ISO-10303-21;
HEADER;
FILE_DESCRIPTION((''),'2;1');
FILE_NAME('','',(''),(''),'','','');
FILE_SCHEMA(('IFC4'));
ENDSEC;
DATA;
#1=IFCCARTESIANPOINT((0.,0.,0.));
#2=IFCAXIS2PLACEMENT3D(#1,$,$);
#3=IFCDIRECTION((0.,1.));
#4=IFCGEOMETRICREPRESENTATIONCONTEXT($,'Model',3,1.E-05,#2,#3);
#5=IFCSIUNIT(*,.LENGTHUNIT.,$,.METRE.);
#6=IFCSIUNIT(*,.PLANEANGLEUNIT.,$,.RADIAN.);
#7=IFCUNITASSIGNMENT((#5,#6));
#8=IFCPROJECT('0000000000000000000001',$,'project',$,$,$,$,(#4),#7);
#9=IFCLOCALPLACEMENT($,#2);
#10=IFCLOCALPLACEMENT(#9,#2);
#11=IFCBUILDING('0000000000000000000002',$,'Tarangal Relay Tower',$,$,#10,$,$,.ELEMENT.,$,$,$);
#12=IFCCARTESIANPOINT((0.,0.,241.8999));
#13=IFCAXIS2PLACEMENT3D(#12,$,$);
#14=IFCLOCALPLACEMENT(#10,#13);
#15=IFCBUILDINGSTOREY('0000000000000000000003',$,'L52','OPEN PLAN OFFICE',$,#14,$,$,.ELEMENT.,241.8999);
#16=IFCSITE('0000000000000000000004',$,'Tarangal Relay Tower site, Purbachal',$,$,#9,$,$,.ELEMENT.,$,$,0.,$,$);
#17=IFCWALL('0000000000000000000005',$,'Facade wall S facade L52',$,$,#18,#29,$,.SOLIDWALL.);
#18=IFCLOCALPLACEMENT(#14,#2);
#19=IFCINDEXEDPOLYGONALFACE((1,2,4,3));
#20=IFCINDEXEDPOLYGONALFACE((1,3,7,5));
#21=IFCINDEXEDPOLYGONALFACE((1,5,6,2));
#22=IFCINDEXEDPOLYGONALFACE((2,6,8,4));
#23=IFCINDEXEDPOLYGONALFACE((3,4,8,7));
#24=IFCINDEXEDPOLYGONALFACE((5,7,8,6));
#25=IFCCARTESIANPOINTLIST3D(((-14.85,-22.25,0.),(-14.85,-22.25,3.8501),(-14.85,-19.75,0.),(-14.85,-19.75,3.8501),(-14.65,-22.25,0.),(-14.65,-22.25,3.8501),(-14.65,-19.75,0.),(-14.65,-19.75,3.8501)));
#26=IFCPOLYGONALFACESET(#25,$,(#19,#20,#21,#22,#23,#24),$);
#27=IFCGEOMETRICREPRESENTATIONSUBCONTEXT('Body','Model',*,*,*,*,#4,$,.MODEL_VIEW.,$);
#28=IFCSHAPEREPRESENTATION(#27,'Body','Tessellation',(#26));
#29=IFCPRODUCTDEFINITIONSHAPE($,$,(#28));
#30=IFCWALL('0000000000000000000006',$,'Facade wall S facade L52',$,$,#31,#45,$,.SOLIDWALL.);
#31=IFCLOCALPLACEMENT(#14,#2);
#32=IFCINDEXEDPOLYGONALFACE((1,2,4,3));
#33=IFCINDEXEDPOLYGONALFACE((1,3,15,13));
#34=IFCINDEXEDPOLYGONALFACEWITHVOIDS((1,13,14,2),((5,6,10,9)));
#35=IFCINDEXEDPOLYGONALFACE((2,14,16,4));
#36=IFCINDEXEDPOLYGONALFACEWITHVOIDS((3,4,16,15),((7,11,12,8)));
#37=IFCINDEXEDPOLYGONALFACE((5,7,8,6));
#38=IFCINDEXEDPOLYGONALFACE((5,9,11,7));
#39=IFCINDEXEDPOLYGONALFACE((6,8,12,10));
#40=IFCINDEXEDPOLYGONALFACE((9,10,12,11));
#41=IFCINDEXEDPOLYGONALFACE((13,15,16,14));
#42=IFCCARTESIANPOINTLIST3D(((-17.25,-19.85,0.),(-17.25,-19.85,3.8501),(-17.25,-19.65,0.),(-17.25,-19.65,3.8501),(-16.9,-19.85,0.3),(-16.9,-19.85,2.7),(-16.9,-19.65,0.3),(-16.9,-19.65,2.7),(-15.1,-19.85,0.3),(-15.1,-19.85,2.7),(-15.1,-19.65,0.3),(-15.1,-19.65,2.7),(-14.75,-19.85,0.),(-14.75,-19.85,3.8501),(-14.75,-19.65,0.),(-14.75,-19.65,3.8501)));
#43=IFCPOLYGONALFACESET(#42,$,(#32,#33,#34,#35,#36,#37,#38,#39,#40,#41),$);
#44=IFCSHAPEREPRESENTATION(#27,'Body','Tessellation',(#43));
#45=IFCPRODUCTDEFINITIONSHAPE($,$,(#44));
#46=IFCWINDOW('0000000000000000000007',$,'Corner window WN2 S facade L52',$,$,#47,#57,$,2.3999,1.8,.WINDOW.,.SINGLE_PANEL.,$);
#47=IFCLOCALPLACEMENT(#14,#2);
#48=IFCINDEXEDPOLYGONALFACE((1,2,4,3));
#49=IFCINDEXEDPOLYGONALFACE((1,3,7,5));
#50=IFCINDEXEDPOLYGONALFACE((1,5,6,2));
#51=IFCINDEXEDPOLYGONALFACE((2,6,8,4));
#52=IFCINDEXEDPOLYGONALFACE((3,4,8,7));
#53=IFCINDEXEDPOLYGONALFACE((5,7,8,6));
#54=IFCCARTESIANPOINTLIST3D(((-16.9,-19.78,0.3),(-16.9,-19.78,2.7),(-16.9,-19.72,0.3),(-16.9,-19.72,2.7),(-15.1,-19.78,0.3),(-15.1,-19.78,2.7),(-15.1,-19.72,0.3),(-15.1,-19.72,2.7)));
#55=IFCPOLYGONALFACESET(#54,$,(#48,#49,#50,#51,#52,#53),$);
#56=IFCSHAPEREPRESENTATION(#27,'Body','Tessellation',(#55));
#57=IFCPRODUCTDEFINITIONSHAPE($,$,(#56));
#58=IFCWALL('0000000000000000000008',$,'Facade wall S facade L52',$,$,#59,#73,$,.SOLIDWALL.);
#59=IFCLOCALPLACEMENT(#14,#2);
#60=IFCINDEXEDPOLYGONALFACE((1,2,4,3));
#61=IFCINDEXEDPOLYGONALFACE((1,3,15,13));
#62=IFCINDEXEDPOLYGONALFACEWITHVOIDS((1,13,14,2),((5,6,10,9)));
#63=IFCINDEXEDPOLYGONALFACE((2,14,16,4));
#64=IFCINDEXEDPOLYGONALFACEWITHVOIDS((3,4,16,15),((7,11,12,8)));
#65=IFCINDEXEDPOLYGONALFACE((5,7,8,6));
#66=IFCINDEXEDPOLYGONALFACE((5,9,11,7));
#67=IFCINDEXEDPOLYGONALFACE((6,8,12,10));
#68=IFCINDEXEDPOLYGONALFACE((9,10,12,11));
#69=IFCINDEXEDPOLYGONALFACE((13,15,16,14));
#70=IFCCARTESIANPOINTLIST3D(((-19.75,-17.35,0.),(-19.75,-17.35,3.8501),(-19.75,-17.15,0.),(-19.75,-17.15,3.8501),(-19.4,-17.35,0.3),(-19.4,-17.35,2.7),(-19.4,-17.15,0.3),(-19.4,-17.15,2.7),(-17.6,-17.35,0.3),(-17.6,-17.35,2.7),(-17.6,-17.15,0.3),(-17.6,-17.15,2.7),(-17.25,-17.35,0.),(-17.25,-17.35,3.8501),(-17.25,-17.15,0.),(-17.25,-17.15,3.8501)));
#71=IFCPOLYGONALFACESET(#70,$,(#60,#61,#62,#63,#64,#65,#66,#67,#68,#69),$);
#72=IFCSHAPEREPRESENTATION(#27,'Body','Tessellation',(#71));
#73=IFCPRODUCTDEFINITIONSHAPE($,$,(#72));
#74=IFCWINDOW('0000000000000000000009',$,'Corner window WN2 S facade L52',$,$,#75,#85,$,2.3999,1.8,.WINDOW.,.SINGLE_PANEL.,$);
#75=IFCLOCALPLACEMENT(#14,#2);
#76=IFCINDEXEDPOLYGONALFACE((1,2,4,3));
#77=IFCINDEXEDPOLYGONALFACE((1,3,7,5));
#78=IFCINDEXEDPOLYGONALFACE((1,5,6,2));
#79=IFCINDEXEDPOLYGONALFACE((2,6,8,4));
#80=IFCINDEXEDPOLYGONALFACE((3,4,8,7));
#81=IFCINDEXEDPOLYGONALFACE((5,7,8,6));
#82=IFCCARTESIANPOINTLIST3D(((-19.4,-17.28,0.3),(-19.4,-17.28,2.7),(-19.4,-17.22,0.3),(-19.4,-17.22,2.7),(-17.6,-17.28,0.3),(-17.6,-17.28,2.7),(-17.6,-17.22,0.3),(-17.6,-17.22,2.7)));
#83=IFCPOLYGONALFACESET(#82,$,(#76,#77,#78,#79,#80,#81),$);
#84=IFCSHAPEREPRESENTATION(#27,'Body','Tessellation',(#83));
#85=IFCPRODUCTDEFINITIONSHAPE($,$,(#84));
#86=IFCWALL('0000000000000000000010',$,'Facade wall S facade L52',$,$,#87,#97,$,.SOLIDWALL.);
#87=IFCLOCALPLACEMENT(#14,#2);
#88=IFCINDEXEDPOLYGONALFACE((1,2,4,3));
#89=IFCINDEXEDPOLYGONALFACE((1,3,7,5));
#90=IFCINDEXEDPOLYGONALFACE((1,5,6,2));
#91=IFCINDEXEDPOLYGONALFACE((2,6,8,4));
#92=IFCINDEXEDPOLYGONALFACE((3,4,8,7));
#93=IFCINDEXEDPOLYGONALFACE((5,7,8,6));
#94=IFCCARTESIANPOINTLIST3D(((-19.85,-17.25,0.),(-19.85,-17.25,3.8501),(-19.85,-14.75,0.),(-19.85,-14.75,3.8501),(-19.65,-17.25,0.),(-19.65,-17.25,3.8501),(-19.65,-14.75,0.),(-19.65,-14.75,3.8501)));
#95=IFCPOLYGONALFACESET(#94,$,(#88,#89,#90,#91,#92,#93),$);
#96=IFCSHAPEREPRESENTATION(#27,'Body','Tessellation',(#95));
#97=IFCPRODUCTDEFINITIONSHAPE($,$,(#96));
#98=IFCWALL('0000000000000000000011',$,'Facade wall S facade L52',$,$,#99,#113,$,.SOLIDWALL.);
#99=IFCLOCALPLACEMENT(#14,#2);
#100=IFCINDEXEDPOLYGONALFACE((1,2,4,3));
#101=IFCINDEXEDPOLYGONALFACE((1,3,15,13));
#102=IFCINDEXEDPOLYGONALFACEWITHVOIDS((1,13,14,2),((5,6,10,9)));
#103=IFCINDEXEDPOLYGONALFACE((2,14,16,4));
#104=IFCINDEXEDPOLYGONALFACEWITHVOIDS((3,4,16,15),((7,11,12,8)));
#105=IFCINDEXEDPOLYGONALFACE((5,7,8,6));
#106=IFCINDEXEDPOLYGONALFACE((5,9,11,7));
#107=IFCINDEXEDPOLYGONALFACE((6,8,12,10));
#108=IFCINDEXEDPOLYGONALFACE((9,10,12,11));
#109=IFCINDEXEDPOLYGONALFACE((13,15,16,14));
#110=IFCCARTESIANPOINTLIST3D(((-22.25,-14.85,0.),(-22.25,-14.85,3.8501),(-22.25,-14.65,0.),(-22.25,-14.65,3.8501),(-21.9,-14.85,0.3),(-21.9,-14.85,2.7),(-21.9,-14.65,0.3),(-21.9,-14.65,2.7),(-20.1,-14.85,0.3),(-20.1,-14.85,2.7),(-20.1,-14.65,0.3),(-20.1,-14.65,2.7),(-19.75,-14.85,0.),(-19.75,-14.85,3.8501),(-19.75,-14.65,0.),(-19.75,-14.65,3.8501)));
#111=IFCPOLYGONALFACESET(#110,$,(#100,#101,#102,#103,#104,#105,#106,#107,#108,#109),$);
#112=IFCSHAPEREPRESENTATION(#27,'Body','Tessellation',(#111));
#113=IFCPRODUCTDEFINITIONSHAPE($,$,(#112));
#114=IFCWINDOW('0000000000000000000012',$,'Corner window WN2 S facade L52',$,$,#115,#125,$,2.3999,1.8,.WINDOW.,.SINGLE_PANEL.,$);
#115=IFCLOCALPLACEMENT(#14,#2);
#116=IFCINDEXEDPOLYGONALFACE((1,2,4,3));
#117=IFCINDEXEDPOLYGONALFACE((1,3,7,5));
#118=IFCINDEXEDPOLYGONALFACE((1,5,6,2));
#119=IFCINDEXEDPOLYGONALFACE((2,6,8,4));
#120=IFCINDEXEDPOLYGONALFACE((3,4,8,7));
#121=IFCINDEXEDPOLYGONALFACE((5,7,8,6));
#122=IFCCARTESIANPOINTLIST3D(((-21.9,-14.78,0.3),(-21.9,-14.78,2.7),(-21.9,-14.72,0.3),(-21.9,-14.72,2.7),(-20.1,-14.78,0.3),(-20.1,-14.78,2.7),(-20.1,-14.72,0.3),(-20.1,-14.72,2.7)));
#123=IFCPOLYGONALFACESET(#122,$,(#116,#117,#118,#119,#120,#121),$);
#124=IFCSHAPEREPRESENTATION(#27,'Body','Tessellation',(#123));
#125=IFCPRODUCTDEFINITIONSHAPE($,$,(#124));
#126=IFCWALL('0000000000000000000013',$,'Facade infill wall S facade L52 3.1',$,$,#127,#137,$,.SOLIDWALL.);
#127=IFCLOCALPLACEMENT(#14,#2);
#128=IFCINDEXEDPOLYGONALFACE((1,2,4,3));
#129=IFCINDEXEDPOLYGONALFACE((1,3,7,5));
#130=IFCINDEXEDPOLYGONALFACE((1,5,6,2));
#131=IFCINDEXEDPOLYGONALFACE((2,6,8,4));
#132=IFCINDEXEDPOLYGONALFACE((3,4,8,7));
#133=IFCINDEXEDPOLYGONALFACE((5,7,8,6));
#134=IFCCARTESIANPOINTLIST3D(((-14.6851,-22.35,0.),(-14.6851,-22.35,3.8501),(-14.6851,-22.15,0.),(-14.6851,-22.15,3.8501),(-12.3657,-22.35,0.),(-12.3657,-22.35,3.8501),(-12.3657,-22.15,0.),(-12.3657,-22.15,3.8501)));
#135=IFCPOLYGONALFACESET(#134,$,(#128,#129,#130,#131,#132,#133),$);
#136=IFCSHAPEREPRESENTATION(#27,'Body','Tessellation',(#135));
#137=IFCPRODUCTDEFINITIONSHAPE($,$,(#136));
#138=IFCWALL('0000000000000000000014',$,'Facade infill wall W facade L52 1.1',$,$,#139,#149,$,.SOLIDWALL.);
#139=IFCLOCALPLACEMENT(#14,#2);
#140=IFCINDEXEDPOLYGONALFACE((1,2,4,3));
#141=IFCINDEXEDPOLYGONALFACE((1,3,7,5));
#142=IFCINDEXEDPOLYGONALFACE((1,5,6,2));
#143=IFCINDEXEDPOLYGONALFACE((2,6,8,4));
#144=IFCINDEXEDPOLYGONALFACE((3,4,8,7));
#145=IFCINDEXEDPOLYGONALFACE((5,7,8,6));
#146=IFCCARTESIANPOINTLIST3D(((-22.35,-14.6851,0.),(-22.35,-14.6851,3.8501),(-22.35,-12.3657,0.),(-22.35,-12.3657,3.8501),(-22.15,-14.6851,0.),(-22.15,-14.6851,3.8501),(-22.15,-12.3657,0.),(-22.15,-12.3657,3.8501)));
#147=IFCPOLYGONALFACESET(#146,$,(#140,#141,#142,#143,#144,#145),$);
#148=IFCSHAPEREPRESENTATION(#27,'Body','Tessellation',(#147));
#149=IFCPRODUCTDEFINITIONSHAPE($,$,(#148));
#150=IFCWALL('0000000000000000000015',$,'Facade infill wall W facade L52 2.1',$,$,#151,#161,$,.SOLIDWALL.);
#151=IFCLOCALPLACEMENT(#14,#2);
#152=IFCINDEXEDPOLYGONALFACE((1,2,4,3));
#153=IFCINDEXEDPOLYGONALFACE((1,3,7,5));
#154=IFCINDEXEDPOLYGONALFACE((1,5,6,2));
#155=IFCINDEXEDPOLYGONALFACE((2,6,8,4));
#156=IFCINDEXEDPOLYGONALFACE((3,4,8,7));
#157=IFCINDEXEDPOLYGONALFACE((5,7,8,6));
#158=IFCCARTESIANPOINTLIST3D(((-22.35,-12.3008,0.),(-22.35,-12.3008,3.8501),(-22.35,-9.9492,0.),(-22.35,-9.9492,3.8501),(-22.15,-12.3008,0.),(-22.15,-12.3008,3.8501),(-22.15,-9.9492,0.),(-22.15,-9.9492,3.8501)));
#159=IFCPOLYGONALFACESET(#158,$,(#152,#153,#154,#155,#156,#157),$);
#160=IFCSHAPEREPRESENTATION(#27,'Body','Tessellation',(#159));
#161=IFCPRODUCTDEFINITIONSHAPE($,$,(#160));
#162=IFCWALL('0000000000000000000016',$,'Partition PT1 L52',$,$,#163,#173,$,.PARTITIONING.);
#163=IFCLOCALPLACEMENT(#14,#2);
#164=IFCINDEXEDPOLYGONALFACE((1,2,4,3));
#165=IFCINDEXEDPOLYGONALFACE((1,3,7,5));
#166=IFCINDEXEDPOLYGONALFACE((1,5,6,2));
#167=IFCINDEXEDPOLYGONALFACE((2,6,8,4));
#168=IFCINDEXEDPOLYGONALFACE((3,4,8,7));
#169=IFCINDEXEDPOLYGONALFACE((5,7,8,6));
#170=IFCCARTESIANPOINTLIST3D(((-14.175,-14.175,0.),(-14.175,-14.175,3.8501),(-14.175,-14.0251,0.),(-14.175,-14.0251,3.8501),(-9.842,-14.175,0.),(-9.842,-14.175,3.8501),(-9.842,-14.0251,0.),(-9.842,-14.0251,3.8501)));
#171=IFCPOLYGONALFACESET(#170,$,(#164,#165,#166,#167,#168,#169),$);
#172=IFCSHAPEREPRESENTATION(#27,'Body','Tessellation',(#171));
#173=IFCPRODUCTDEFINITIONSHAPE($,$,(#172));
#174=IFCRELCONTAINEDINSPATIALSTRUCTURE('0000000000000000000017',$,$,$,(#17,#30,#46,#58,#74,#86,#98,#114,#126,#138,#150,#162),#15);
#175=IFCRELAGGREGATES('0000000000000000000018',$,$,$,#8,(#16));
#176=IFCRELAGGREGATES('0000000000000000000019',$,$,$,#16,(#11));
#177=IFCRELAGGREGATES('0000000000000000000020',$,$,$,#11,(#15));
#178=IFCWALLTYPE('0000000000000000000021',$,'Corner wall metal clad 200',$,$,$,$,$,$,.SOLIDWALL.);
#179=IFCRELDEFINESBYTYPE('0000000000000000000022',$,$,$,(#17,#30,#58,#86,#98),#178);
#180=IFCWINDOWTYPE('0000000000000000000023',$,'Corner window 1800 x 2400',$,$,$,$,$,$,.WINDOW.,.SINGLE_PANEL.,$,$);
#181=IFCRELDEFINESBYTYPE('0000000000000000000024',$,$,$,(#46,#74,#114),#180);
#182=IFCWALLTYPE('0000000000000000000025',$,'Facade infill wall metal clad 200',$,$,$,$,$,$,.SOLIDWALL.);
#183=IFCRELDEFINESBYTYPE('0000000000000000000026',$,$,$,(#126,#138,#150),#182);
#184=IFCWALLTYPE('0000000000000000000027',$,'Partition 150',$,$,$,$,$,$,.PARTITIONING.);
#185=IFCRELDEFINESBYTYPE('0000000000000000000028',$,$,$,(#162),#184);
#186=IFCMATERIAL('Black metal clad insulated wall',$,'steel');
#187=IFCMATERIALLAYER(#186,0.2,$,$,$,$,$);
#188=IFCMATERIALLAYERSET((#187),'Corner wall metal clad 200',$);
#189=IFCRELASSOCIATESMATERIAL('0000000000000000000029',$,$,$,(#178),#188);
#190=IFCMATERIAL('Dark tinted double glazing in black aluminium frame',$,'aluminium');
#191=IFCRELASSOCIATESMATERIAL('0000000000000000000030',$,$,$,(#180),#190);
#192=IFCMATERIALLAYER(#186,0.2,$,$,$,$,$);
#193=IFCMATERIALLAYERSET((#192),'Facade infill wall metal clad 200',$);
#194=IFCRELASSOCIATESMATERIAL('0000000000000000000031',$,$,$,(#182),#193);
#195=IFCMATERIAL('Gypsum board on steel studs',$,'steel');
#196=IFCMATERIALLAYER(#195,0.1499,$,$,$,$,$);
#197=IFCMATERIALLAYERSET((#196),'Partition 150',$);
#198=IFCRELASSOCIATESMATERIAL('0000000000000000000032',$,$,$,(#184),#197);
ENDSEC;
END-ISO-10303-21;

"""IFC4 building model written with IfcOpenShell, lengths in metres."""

from ifc_helpers import new_model, si_unit, direction, frame, frame_2d, origin, place, context, subcontext, project, spatial, rectangle, extrude, material, layer, layer_set, type_object, element, fill, save


model = new_model("IFC4")

# Units and contexts
model_context = context("Model", 3, precision=1e-05, world=origin(), true_north=direction((0.0, 1.0)))
body_context = subcontext(model_context, "Body", "Model", "MODEL_VIEW")
ifc_project = project(units=[si_unit("LENGTHUNIT", "METRE"), si_unit("PLANEANGLEUNIT", "RADIAN")], contexts=[model_context])

# Site, building, storey
site_placement = place(None, origin())
site = spatial("IfcSite", under=ifc_project, at=site_placement, Name="Tarangal Relay Tower site, Purbachal", CompositionType="ELEMENT", RefElevation=0.0)
building_placement = place(site_placement, origin())
building = spatial("IfcBuilding", under=site, at=building_placement, Name="Tarangal Relay Tower", CompositionType="ELEMENT")
storey_placement = place(building_placement, frame((0.0, 0.0, 241.8999)))
storey = spatial("IfcBuildingStorey", under=building, at=storey_placement, Name="L52", Description="OPEN PLAN OFFICE", CompositionType="ELEMENT", Elevation=241.8999)

# Wall
ifc_material_1 = material(Name="Black metal clad insulated wall", Category="steel")
ifc_layer_1 = layer(ifc_material_1, 0.2)
ifc_layer_set_1 = layer_set([ifc_layer_1], Name="Corner wall metal clad 200")
wall_type_1 = type_object("IfcWallType", Name="Corner wall metal clad 200", PredefinedType="SOLIDWALL", material=ifc_layer_set_1)
wall_1_placement = place(storey_placement, frame((-14.75, -22.25, 0.0), z_axis=(0.0, 0.0, 1.0), x_axis=(0.0, 1.0, 0.0)))
element("IfcWall", 1, at=wall_1_placement, inside=storey, type_object=wall_type_1, Name="Facade wall S facade L52", PredefinedType="SOLIDWALL", context=body_context, shape_type="SweptSolid", body=[
    extrude(rectangle(XDim=2.5, YDim=0.2, at=frame_2d((1.25, 0.0))), origin(), (0.0, 0.0, 1.0), 3.8501),
])

# Wall, opening, window
wall_2_placement = place(storey_placement, frame((-14.75, -19.75, 0.0), z_axis=(0.0, 0.0, 1.0), x_axis=(-1.0, 0.0, 0.0)))
wall_2 = element("IfcWall", 2, at=wall_2_placement, inside=storey, type_object=wall_type_1, Name="Facade wall S facade L52", PredefinedType="SOLIDWALL", context=body_context, shape_type="SweptSolid", body=[
    extrude(rectangle(XDim=2.5, YDim=0.2, at=frame_2d((1.25, 0.0))), origin(), (0.0, 0.0, 1.0), 3.8501),
])
opening_1_placement = place(wall_2_placement, frame((0.3501, 0.0, 0.3)))
opening_1 = element("IfcOpeningElement", 3, at=opening_1_placement, cuts=wall_2, PredefinedType="OPENING", context=body_context, shape_type="SweptSolid", body=[
    extrude(rectangle(XDim=1.8, YDim=2.3999, at=frame_2d((0.8999, 1.2))), frame((0.0, 0.1099, 0.0), z_axis=(0.0, -1.0, 0.0), x_axis=(1.0, 0.0, 0.0)), (0.0, 0.0, 1.0), 0.22),
])
ifc_material_2 = material(Name="Dark tinted double glazing in black aluminium frame", Category="aluminium")
window_type = type_object("IfcWindowType", Name="Corner window 1800 x 2400", PartitioningType="SINGLE_PANEL", PredefinedType="WINDOW", material=ifc_material_2)
window_1_placement = place(opening_1_placement, origin())
window_1 = element("IfcWindow", 4, at=window_1_placement, inside=storey, type_object=window_type, Name="Corner window WN2 S facade L52", OverallHeight=2.3999, OverallWidth=1.8, PartitioningType="SINGLE_PANEL", PredefinedType="WINDOW", context=body_context, shape_type="SweptSolid", body=[
    extrude(rectangle(XDim=1.8, YDim=2.3999, at=frame_2d((0.8999, 1.2))), frame((0.0, 0.03, 0.0), z_axis=(0.0, -1.0, 0.0), x_axis=(1.0, 0.0, 0.0)), (0.0, 0.0, 1.0), 0.0601),
])
fill(opening_1, window_1)

# Wall, opening, window
wall_3_placement = place(storey_placement, frame((-17.25, -17.25, 0.0), z_axis=(0.0, 0.0, 1.0), x_axis=(-1.0, 0.0, 0.0)))
wall_3 = element("IfcWall", 5, at=wall_3_placement, inside=storey, type_object=wall_type_1, Name="Facade wall S facade L52", PredefinedType="SOLIDWALL", context=body_context, shape_type="SweptSolid", body=[
    extrude(rectangle(XDim=2.5, YDim=0.2, at=frame_2d((1.25, 0.0))), origin(), (0.0, 0.0, 1.0), 3.8501),
])
opening_2_placement = place(wall_3_placement, frame((0.3501, 0.0, 0.3)))
opening_2 = element("IfcOpeningElement", 6, at=opening_2_placement, cuts=wall_3, PredefinedType="OPENING", context=body_context, shape_type="SweptSolid", body=[
    extrude(rectangle(XDim=1.8, YDim=2.3999, at=frame_2d((0.8999, 1.2))), frame((0.0, 0.1099, 0.0), z_axis=(0.0, -1.0, 0.0), x_axis=(1.0, 0.0, 0.0)), (0.0, 0.0, 1.0), 0.22),
])
window_2_placement = place(opening_2_placement, origin())
window_2 = element("IfcWindow", 7, at=window_2_placement, inside=storey, type_object=window_type, Name="Corner window WN2 S facade L52", OverallHeight=2.3999, OverallWidth=1.8, PartitioningType="SINGLE_PANEL", PredefinedType="WINDOW", context=body_context, shape_type="SweptSolid", body=[
    extrude(rectangle(XDim=1.8, YDim=2.3999, at=frame_2d((0.8999, 1.2))), frame((0.0, 0.03, 0.0), z_axis=(0.0, -1.0, 0.0), x_axis=(1.0, 0.0, 0.0)), (0.0, 0.0, 1.0), 0.0601),
])
fill(opening_2, window_2)

# Wall
wall_4_placement = place(storey_placement, frame((-19.75, -17.25, 0.0), z_axis=(0.0, 0.0, 1.0), x_axis=(0.0, 1.0, 0.0)))
element("IfcWall", 8, at=wall_4_placement, inside=storey, type_object=wall_type_1, Name="Facade wall S facade L52", PredefinedType="SOLIDWALL", context=body_context, shape_type="SweptSolid", body=[
    extrude(rectangle(XDim=2.5, YDim=0.2, at=frame_2d((1.25, 0.0))), origin(), (0.0, 0.0, 1.0), 3.8501),
])

# Wall, opening, window
wall_5_placement = place(storey_placement, frame((-19.75, -14.75, 0.0), z_axis=(0.0, 0.0, 1.0), x_axis=(-1.0, 0.0, 0.0)))
wall_5 = element("IfcWall", 9, at=wall_5_placement, inside=storey, type_object=wall_type_1, Name="Facade wall S facade L52", PredefinedType="SOLIDWALL", context=body_context, shape_type="SweptSolid", body=[
    extrude(rectangle(XDim=2.5, YDim=0.2, at=frame_2d((1.25, 0.0))), origin(), (0.0, 0.0, 1.0), 3.8501),
])
opening_3_placement = place(wall_5_placement, frame((0.3501, 0.0, 0.3)))
opening_3 = element("IfcOpeningElement", 10, at=opening_3_placement, cuts=wall_5, PredefinedType="OPENING", context=body_context, shape_type="SweptSolid", body=[
    extrude(rectangle(XDim=1.8, YDim=2.3999, at=frame_2d((0.8999, 1.2))), frame((0.0, 0.1099, 0.0), z_axis=(0.0, -1.0, 0.0), x_axis=(1.0, 0.0, 0.0)), (0.0, 0.0, 1.0), 0.22),
])
window_3_placement = place(opening_3_placement, origin())
window_3 = element("IfcWindow", 11, at=window_3_placement, inside=storey, type_object=window_type, Name="Corner window WN2 S facade L52", OverallHeight=2.3999, OverallWidth=1.8, PartitioningType="SINGLE_PANEL", PredefinedType="WINDOW", context=body_context, shape_type="SweptSolid", body=[
    extrude(rectangle(XDim=1.8, YDim=2.3999, at=frame_2d((0.8999, 1.2))), frame((0.0, 0.03, 0.0), z_axis=(0.0, -1.0, 0.0), x_axis=(1.0, 0.0, 0.0)), (0.0, 0.0, 1.0), 0.0601),
])
fill(opening_3, window_3)

# Walls
ifc_layer_2 = layer(ifc_material_1, 0.2)
ifc_layer_set_2 = layer_set([ifc_layer_2], Name="Facade infill wall metal clad 200")
wall_type_2 = type_object("IfcWallType", Name="Facade infill wall metal clad 200", PredefinedType="SOLIDWALL", material=ifc_layer_set_2)
for number, where, z_axis, x_axis, name in (
    (12, (-12.3657, -22.25, 0.0), (0.0, 0.0, 1.0), (-1.0, 0.0, 0.0), "Facade infill wall S facade L52 3.1"),
    (13, (-22.25, -14.6851, 0.0), (0.0, 0.0, 1.0), (0.0, 1.0, 0.0), "Facade infill wall W facade L52 1.1"),
):
    element("IfcWall", number, at=place(storey_placement, frame(where, z_axis=z_axis, x_axis=x_axis)), inside=storey, type_object=wall_type_2, Name=name, PredefinedType="SOLIDWALL", context=body_context, shape_type="SweptSolid", body=[
        extrude(rectangle(XDim=2.3193, YDim=0.2, at=frame_2d((1.1597, 0.0))), origin(), (0.0, 0.0, 1.0), 3.8501),
    ])
wall_6_placement = place(storey_placement, frame((-22.25, -12.3008, 0.0), z_axis=(0.0, 0.0, 1.0), x_axis=(0.0, 1.0, 0.0)))
element("IfcWall", 14, at=wall_6_placement, inside=storey, type_object=wall_type_2, Name="Facade infill wall W facade L52 2.1", PredefinedType="SOLIDWALL", context=body_context, shape_type="SweptSolid", body=[
    extrude(rectangle(XDim=2.3516, YDim=0.2, at=frame_2d((1.1758, 0.0))), origin(), (0.0, 0.0, 1.0), 3.8501),
])
ifc_material_3 = material(Name="Gypsum board on steel studs", Category="steel")
ifc_layer_3 = layer(ifc_material_3, 0.1499)
ifc_layer_set_3 = layer_set([ifc_layer_3], Name="Partition 150")
wall_type_3 = type_object("IfcWallType", Name="Partition 150", PredefinedType="PARTITIONING", material=ifc_layer_set_3)
wall_7_placement = place(storey_placement, frame((-14.175, -14.1001, 0.0), z_axis=(0.0, 0.0, 1.0), x_axis=(1.0, 0.0, 0.0)))
element("IfcWall", 15, at=wall_7_placement, inside=storey, type_object=wall_type_3, Name="Partition PT1 L52", PredefinedType="PARTITIONING", context=body_context, shape_type="SweptSolid", body=[
    extrude(rectangle(XDim=4.333, YDim=0.1499, at=frame_2d((2.1665, 0.0))), origin(), (0.0, 0.0, 1.0), 3.8501),
])

save(model, "model.ifc")
